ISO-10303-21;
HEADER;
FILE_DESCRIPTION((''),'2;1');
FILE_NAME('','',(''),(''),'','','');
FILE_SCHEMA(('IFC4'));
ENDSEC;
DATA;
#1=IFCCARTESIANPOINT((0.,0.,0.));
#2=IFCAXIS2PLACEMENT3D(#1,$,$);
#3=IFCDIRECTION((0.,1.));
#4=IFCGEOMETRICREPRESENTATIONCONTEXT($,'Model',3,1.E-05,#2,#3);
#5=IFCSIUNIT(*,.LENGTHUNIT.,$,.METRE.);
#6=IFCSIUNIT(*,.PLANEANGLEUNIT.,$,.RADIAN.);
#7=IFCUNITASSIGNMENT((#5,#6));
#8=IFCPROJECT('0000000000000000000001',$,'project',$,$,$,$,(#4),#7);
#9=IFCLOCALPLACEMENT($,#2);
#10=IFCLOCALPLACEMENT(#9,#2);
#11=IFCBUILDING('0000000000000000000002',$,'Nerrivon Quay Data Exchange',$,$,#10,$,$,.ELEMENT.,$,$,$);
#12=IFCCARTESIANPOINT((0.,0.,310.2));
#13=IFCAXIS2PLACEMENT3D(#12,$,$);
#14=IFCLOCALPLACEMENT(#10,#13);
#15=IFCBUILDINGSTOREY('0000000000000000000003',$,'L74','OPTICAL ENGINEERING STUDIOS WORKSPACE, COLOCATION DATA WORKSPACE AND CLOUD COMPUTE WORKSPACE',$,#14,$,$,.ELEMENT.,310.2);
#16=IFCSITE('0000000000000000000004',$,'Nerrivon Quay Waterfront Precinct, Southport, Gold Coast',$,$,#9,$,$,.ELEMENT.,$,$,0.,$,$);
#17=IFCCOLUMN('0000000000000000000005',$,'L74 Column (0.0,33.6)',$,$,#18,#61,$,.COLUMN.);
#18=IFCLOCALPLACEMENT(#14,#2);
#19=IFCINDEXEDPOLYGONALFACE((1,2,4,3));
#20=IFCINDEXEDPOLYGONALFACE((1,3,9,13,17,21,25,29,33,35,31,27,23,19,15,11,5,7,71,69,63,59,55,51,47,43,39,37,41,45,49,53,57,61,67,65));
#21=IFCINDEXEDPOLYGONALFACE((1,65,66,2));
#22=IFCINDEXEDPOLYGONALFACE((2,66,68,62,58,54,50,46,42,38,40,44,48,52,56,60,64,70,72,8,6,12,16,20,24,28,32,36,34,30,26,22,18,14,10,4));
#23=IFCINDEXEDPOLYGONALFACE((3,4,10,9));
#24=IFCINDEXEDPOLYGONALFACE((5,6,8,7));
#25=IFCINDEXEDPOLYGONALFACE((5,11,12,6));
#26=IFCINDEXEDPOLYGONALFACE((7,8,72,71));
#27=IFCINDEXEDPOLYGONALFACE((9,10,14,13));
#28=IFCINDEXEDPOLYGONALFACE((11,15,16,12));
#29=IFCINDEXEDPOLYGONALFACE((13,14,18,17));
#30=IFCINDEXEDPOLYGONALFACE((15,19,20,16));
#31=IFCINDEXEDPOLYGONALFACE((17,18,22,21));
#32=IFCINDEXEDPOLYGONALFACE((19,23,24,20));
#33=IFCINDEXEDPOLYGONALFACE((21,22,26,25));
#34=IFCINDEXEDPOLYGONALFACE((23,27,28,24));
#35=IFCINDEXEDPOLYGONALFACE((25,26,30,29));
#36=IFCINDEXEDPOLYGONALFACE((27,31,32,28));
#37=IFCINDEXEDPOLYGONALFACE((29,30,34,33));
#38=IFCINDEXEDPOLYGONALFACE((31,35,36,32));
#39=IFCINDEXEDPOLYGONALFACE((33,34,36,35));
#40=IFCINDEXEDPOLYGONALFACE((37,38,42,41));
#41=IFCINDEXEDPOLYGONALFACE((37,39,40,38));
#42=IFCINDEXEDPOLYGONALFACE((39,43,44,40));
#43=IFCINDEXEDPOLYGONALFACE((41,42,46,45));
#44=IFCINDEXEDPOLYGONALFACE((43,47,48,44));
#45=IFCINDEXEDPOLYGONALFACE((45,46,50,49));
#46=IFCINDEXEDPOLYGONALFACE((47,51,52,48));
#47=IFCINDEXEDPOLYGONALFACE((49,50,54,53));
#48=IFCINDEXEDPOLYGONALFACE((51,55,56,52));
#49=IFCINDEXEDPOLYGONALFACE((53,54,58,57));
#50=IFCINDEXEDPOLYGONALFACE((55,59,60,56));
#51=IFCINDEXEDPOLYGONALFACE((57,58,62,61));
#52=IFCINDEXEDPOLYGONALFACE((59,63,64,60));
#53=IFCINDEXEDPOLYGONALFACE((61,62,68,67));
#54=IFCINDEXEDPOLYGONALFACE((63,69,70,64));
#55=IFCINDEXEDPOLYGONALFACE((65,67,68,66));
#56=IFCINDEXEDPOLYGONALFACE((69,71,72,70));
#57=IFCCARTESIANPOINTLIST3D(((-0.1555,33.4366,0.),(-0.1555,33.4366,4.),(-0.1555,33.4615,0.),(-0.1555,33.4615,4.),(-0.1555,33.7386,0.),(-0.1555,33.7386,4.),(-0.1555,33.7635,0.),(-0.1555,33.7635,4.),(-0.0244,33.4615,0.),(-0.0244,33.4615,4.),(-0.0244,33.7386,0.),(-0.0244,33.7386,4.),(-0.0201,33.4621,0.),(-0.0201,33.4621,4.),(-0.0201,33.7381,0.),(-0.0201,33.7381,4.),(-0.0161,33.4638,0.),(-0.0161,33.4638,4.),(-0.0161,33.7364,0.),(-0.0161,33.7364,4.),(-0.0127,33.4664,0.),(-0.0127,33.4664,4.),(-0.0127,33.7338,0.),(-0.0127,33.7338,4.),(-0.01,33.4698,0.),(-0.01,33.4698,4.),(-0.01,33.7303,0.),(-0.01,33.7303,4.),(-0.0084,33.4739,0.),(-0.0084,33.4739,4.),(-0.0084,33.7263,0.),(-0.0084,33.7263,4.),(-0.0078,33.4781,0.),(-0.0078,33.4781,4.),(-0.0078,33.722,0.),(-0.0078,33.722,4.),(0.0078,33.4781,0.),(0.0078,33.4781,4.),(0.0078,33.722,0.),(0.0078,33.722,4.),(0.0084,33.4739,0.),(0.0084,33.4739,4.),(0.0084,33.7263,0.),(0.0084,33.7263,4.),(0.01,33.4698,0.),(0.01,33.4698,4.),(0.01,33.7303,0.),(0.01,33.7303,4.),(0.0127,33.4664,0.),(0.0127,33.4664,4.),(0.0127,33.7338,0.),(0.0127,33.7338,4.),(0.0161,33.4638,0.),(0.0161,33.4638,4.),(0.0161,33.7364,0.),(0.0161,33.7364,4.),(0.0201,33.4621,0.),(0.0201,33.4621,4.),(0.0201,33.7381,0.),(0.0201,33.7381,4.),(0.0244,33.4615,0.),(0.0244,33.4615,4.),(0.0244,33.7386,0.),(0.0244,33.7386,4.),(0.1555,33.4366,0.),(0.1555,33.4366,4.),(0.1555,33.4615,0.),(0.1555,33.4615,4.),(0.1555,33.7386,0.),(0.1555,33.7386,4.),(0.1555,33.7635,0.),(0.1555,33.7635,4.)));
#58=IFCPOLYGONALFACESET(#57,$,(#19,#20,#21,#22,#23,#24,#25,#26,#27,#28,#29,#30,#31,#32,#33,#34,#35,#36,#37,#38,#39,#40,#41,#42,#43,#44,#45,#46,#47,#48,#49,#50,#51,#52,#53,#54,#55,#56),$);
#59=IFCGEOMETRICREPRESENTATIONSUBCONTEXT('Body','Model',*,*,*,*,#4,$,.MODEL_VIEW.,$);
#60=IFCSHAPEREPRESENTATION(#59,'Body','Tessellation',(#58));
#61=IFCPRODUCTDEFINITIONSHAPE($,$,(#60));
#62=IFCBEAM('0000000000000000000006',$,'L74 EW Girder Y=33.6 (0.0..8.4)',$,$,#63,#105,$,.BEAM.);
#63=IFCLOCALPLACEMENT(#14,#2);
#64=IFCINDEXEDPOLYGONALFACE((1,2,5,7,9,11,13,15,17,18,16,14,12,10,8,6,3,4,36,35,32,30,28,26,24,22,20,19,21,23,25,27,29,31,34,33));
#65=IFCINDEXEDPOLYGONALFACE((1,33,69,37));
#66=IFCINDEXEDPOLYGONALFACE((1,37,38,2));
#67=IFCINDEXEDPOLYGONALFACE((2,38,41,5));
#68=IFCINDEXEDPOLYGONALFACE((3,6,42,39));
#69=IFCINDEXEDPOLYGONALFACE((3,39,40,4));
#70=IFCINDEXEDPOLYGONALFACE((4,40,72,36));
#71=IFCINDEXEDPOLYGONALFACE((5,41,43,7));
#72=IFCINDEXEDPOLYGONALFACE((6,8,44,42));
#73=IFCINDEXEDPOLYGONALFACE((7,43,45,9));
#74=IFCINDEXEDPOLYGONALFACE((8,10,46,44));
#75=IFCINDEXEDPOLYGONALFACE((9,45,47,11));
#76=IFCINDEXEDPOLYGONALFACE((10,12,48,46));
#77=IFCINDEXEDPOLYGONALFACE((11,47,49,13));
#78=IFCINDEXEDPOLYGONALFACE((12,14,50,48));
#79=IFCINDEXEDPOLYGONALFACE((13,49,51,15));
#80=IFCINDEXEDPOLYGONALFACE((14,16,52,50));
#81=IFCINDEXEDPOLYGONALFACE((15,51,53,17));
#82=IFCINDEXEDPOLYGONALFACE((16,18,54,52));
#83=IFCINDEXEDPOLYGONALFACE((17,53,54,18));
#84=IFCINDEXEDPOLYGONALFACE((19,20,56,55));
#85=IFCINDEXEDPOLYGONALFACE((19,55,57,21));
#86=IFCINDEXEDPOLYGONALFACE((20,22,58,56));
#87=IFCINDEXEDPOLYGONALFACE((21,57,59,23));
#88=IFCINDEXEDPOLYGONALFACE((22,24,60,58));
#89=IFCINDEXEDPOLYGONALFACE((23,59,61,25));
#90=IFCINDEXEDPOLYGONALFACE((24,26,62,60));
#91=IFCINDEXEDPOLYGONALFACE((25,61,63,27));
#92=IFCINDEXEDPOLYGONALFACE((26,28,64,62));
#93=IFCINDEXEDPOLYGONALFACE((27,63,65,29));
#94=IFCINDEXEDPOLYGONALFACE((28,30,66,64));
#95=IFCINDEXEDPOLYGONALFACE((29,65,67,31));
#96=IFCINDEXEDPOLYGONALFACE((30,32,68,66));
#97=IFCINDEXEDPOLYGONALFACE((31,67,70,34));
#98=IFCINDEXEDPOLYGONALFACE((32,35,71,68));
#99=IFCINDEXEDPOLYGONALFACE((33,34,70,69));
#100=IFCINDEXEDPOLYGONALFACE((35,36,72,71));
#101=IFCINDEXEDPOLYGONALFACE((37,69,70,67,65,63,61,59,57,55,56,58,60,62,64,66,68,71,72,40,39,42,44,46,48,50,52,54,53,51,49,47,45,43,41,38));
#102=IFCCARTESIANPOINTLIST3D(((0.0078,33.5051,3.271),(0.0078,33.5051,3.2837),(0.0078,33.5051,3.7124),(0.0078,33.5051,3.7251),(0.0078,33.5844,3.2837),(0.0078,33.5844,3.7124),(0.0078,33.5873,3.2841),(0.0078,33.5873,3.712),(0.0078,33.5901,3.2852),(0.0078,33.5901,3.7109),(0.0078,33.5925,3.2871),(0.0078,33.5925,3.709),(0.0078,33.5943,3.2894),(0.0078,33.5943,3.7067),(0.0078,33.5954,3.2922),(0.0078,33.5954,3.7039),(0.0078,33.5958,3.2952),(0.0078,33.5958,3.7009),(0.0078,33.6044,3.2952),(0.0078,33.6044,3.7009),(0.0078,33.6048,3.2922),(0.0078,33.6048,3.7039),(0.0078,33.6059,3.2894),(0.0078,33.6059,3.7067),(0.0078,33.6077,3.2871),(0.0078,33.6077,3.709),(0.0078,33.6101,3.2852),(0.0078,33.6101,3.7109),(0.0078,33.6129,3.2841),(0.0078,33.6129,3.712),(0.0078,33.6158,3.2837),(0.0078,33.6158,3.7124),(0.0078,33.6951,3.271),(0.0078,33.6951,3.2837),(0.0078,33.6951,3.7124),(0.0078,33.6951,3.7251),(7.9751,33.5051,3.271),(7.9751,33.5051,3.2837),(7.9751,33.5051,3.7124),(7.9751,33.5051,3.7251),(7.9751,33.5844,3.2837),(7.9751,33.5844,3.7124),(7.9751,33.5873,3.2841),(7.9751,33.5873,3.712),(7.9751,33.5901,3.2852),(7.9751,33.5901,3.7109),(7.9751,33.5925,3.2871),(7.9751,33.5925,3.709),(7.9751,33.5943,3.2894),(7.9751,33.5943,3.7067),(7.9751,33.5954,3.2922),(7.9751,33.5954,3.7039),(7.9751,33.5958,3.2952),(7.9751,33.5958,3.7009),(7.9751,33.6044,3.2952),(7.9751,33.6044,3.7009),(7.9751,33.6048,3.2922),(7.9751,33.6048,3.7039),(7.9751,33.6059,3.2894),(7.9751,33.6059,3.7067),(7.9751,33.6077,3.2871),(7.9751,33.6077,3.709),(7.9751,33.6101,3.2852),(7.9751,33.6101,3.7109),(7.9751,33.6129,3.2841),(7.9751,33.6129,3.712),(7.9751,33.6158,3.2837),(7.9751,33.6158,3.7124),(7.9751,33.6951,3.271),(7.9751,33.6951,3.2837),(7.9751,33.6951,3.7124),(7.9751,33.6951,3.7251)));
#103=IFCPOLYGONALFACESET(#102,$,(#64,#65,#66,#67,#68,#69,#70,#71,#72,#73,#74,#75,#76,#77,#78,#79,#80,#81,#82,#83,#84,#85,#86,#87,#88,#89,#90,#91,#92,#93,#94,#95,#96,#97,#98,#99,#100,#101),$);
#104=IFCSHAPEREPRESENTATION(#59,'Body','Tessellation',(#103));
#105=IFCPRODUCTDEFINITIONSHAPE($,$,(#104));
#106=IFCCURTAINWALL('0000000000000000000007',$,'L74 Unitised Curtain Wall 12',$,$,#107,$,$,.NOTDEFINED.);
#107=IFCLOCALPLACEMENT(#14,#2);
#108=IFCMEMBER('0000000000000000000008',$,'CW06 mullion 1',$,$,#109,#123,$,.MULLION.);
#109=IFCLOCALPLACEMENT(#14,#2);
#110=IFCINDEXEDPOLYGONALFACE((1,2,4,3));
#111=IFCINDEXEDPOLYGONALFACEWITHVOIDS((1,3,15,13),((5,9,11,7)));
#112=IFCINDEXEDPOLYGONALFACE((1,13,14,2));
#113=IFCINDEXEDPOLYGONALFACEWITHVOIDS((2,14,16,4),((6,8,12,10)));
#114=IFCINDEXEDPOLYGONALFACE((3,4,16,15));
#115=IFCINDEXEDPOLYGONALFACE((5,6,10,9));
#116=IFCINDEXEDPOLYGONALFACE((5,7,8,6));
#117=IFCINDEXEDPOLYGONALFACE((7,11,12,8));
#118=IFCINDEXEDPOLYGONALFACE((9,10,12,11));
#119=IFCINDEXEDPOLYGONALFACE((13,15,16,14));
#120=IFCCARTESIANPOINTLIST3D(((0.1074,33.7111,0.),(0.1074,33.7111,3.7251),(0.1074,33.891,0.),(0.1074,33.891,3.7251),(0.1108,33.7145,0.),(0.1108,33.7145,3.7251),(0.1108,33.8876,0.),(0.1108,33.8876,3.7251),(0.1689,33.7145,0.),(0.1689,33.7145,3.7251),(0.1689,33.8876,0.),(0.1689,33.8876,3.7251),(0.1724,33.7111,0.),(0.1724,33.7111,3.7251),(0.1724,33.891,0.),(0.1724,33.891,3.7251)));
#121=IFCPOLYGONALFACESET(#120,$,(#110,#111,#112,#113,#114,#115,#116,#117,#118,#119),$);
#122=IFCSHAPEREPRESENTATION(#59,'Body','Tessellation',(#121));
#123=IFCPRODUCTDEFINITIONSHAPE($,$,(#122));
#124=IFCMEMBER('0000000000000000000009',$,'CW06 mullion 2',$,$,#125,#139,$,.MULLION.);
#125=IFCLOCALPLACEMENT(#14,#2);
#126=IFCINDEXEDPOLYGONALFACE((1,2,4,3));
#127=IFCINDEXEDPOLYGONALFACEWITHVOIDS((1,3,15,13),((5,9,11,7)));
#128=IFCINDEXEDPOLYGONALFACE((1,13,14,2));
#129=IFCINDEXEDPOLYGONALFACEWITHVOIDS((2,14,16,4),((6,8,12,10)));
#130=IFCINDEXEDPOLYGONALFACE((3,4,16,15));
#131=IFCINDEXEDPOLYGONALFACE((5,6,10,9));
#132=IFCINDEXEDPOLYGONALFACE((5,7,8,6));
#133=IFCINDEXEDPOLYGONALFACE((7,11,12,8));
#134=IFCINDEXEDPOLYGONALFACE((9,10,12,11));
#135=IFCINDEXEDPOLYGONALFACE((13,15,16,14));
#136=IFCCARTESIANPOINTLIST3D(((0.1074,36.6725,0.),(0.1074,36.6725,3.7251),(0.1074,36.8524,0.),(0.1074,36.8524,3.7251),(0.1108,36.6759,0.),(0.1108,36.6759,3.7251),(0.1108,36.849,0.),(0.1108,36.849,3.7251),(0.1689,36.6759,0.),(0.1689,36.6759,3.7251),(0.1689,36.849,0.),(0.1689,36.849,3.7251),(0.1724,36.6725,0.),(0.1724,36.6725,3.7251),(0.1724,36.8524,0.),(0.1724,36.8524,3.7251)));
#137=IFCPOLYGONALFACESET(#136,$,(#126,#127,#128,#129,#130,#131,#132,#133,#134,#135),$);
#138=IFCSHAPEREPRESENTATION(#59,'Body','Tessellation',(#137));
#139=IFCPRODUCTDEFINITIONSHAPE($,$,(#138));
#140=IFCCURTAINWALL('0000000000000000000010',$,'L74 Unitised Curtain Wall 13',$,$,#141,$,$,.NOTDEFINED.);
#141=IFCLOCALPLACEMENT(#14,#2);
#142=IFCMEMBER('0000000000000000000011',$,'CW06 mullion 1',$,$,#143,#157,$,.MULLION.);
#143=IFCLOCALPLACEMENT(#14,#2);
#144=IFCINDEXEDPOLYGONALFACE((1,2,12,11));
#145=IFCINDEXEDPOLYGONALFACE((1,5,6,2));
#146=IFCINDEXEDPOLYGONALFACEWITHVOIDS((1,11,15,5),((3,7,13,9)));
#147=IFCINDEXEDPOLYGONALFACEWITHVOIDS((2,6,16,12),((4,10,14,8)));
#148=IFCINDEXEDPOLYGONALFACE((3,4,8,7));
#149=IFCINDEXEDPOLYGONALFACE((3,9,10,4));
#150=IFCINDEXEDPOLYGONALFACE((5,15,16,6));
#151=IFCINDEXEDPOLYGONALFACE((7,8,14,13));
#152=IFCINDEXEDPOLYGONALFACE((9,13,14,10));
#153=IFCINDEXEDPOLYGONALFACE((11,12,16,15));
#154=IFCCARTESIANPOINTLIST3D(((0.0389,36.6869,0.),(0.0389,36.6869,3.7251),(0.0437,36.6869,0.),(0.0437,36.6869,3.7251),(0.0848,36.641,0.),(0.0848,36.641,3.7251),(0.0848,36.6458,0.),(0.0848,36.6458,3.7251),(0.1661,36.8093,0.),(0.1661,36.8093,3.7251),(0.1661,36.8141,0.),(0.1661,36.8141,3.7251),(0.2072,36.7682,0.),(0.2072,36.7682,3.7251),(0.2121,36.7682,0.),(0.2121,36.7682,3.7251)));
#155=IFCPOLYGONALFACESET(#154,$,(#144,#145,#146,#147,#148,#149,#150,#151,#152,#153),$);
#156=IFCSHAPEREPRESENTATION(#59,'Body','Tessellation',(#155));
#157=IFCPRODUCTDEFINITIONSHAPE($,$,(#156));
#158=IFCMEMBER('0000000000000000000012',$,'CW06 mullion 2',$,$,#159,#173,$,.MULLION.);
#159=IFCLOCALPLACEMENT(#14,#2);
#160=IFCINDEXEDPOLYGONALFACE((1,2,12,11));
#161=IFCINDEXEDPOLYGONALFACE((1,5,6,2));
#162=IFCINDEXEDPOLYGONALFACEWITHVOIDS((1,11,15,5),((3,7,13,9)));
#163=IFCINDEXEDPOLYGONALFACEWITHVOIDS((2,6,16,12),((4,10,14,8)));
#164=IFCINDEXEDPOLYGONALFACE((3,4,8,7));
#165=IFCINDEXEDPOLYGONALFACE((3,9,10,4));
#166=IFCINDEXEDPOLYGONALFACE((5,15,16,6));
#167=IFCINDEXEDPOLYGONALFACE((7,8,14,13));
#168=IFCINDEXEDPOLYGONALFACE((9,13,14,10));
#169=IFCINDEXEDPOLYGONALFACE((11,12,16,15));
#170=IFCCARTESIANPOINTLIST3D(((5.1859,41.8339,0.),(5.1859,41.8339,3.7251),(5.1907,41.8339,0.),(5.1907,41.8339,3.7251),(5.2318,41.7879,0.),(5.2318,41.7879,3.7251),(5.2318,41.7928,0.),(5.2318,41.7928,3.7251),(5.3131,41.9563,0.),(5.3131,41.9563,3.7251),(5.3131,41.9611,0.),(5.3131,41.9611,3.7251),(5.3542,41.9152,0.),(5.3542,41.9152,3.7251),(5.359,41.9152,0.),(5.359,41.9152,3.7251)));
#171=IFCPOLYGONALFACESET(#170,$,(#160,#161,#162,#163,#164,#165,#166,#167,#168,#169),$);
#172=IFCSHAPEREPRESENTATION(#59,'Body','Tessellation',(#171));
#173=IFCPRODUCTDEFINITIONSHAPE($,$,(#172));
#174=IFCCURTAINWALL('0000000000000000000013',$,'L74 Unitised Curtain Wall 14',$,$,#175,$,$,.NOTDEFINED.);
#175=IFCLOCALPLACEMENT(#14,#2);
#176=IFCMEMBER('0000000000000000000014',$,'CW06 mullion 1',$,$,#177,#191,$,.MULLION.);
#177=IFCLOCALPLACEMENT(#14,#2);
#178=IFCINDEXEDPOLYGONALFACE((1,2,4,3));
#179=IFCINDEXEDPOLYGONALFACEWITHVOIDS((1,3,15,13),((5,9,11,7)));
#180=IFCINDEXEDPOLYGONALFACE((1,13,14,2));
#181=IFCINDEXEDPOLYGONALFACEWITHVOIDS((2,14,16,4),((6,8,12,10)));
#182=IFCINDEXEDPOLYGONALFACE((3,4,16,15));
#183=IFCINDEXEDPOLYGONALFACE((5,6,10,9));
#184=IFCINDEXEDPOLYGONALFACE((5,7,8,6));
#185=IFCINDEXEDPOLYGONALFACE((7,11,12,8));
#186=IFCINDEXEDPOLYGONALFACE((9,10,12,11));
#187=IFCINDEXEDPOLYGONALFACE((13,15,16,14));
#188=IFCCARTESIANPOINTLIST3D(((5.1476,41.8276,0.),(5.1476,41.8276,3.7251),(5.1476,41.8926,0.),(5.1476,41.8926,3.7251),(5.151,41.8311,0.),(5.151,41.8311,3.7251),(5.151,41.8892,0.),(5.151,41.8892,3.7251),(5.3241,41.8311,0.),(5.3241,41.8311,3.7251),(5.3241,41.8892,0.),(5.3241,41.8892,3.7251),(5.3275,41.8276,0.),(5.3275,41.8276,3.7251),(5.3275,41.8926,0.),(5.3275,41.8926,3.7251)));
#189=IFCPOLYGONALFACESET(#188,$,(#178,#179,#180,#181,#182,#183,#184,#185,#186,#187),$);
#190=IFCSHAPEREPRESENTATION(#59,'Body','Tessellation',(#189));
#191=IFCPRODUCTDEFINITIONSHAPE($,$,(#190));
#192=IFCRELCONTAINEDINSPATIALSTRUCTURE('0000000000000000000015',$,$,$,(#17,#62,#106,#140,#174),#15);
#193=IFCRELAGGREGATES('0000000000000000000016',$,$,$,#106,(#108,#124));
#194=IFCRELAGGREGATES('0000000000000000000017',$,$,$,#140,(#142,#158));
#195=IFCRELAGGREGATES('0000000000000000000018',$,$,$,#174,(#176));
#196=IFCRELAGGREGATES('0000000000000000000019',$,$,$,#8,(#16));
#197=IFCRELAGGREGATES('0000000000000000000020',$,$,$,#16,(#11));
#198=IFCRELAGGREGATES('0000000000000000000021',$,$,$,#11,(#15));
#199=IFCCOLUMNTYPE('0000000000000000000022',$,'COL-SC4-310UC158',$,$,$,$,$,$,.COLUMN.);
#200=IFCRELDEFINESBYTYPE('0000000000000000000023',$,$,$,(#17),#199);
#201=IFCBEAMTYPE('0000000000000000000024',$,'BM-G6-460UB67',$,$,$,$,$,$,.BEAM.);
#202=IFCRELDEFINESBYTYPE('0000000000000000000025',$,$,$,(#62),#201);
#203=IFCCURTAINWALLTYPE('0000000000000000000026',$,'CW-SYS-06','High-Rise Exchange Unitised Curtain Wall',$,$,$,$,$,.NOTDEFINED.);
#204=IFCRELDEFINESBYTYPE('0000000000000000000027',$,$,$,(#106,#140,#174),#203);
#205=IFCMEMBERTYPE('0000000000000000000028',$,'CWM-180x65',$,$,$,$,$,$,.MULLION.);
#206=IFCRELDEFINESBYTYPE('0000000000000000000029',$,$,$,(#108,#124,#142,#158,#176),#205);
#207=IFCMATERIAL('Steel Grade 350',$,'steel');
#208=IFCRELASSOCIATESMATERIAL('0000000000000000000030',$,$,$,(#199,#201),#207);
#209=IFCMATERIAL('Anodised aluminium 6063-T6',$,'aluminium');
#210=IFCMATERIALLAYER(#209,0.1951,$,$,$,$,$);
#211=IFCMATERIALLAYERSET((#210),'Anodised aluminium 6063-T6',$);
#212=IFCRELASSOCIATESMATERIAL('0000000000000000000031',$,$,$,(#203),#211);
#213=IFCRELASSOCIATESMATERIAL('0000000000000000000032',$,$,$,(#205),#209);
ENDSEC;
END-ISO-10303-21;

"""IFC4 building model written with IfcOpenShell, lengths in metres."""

from ifc_helpers import new_model, si_unit, direction, frame, origin, origin_2d, place, context, subcontext, project, spatial, hollow_rectangle, i_section, extrude, material, layer, layer_set, material_profile, profile_set, type_object, element, aggregate, save


model = new_model("IFC4")

# Units and contexts
model_context = context("Model", 3, precision=1e-05, world=origin(), true_north=direction((0.0, 1.0)))
body_context = subcontext(model_context, "Body", "Model", "MODEL_VIEW")
ifc_project = project(units=[si_unit("LENGTHUNIT", "METRE"), si_unit("PLANEANGLEUNIT", "RADIAN")], contexts=[model_context])

# Site, building, storey
site_placement = place(None, origin())
site = spatial("IfcSite", under=ifc_project, at=site_placement, Name="Nerrivon Quay Waterfront Precinct, Southport, Gold Coast", CompositionType="ELEMENT", RefElevation=0.0)
building_placement = place(site_placement, origin())
building = spatial("IfcBuilding", under=site, at=building_placement, Name="Nerrivon Quay Data Exchange", CompositionType="ELEMENT")
storey_placement = place(building_placement, frame((0.0, 0.0, 310.2)))
storey = spatial("IfcBuildingStorey", under=building, at=storey_placement, Name="L74", Description="OPTICAL ENGINEERING STUDIOS WORKSPACE, COLOCATION DATA WORKSPACE AND CLOUD COMPUTE WORKSPACE", CompositionType="ELEMENT", Elevation=310.2)

# Column
ifc_material_1 = material(Name="Steel Grade 350", Category="steel")
ifc_material_profile_1 = material_profile(ifc_material_1, i_section(OverallWidth=0.311, OverallDepth=0.3269, WebThickness=0.0156, FlangeThickness=0.0249, FilletRadius=0.0166, at=origin_2d()), Name="310UC158")
ifc_profile_set_1 = profile_set([ifc_material_profile_1], Name="Steel Grade 350")
column_type = type_object("IfcColumnType", Name="COL-SC4-310UC158", PredefinedType="COLUMN", material=ifc_profile_set_1)
column_placement = place(storey_placement, frame((0.0, 33.6001, 0.0), z_axis=(0.0, 0.0, 1.0), x_axis=(1.0, 0.0, 0.0)))
element("IfcColumn", 1, at=column_placement, inside=storey, type_object=column_type, Name="L74 Column (0.0,33.6)", PredefinedType="COLUMN", context=body_context, shape_type="SweptSolid", body=[
    extrude(i_section(OverallWidth=0.311, OverallDepth=0.3269, WebThickness=0.0156, FlangeThickness=0.0249, FilletRadius=0.0166, at=origin_2d()), origin(), (0.0, 0.0, 1.0), 4.0),
])

# Beam
ifc_material_profile_2 = material_profile(ifc_material_1, i_section(OverallWidth=0.1899, OverallDepth=0.4541, WebThickness=0.0085, FlangeThickness=0.0127, FilletRadius=0.0115, at=origin_2d()), Name="460UB67.1")
ifc_profile_set_2 = profile_set([ifc_material_profile_2], Name="Steel Grade 350")
beam_type = type_object("IfcBeamType", Name="BM-G6-460UB67", PredefinedType="BEAM", material=ifc_profile_set_2)
beam_placement = place(storey_placement, frame((0.0078, 33.6001, 3.498), z_axis=(1.0, 0.0, 0.0), x_axis=(0.0, 1.0, 0.0)))
element("IfcBeam", 2, at=beam_placement, inside=storey, type_object=beam_type, Name="L74 EW Girder Y=33.6 (0.0..8.4)", PredefinedType="BEAM", context=body_context, shape_type="SweptSolid", body=[
    extrude(i_section(OverallWidth=0.1899, OverallDepth=0.4541, WebThickness=0.0085, FlangeThickness=0.0127, FilletRadius=0.0115, at=origin_2d()), origin(), (0.0, 0.0, 1.0), 7.9673),
])

# Curtain walls, members
ifc_material_2 = material(Name="Anodised aluminium 6063-T6", Category="aluminium")
ifc_layer_1 = layer(ifc_material_2, 0.1951)
ifc_layer_set_1 = layer_set([ifc_layer_1], Name="Anodised aluminium 6063-T6")
curtain_wall_type = type_object("IfcCurtainWallType", Name="CW-SYS-06", Description="High-Rise Exchange Unitised Curtain Wall", PredefinedType="NOTDEFINED", material=ifc_layer_set_1)
curtain_wall_1_placement = place(storey_placement, origin())
curtain_wall_1 = element("IfcCurtainWall", 3, at=curtain_wall_1_placement, inside=storey, type_object=curtain_wall_type, Name="L74 Unitised Curtain Wall 12", PredefinedType="NOTDEFINED")
ifc_material_profile_3 = material_profile(ifc_material_2, hollow_rectangle(XDim=0.0649, YDim=0.1799, WallThickness=0.0034, at=origin_2d()), Name="ALU-MULL-180x65")
ifc_profile_set_3 = profile_set([ifc_material_profile_3], Name="Anodised aluminium 6063-T6")
member_type_1 = type_object("IfcMemberType", Name="CWM-180x65", PredefinedType="MULLION", material=ifc_profile_set_3)
member_1_placement = place(storey_placement, frame((0.1399, 33.801, 0.0), z_axis=(0.0, 0.0, 1.0), x_axis=(-1.0, 0.0, 0.0)))
member_1 = element("IfcMember", 4, at=member_1_placement, type_object=member_type_1, Name="CW06 mullion 1", PredefinedType="MULLION", context=body_context, shape_type="SweptSolid", body=[
    extrude(hollow_rectangle(XDim=0.0649, YDim=0.1799, WallThickness=0.0034, at=origin_2d()), origin(), (0.0, 0.0, 1.0), 3.7251),
])
member_2_placement = place(storey_placement, frame((0.1399, 36.7625, 0.0), z_axis=(0.0, 0.0, 1.0), x_axis=(-1.0, 0.0, 0.0)))
member_2 = element("IfcMember", 5, at=member_2_placement, type_object=member_type_1, Name="CW06 mullion 2", PredefinedType="MULLION", context=body_context, shape_type="SweptSolid", body=[
    extrude(hollow_rectangle(XDim=0.0649, YDim=0.1799, WallThickness=0.0034, at=origin_2d()), origin(), (0.0, 0.0, 1.0), 3.7251),
])
curtain_wall_2_placement = place(storey_placement, origin())
curtain_wall_2 = element("IfcCurtainWall", 6, at=curtain_wall_2_placement, inside=storey, type_object=curtain_wall_type, Name="L74 Unitised Curtain Wall 13", PredefinedType="NOTDEFINED")
member_3_placement = place(storey_placement, frame((0.1255, 36.7275, 0.0), z_axis=(0.0, 0.0, 1.0), x_axis=(-0.707107, 0.707107, 0.0)))
member_3 = element("IfcMember", 7, at=member_3_placement, type_object=member_type_1, Name="CW06 mullion 1", PredefinedType="MULLION", context=body_context, shape_type="SweptSolid", body=[
    extrude(hollow_rectangle(XDim=0.0649, YDim=0.1799, WallThickness=0.0034, at=origin_2d()), origin(), (0.0, 0.0, 1.0), 3.7251),
])
member_4_placement = place(storey_placement, frame((5.2725, 41.8745, 0.0), z_axis=(0.0, 0.0, 1.0), x_axis=(-0.707107, 0.707107, 0.0)))
member_4 = element("IfcMember", 8, at=member_4_placement, type_object=member_type_1, Name="CW06 mullion 2", PredefinedType="MULLION", context=body_context, shape_type="SweptSolid", body=[
    extrude(hollow_rectangle(XDim=0.0649, YDim=0.1799, WallThickness=0.0034, at=origin_2d()), origin(), (0.0, 0.0, 1.0), 3.7251),
])

# Curtain wall, member
curtain_wall_3_placement = place(storey_placement, origin())
curtain_wall_3 = element("IfcCurtainWall", 9, at=curtain_wall_3_placement, inside=storey, type_object=curtain_wall_type, Name="L74 Unitised Curtain Wall 14", PredefinedType="NOTDEFINED")
member_5_placement = place(storey_placement, frame((5.2375, 41.8601, 0.0), z_axis=(0.0, 0.0, 1.0), x_axis=(0.0, 1.0, 0.0)))
member_5 = element("IfcMember", 10, at=member_5_placement, type_object=member_type_1, Name="CW06 mullion 1", PredefinedType="MULLION", context=body_context, shape_type="SweptSolid", body=[
    extrude(hollow_rectangle(XDim=0.0649, YDim=0.1799, WallThickness=0.0034, at=origin_2d()), origin(), (0.0, 0.0, 1.0), 3.7251),
])

aggregate(curtain_wall_1, [member_1, member_2])
aggregate(curtain_wall_2, [member_3, member_4])
aggregate(curtain_wall_3, [member_5])

save(model, "model.ifc")
